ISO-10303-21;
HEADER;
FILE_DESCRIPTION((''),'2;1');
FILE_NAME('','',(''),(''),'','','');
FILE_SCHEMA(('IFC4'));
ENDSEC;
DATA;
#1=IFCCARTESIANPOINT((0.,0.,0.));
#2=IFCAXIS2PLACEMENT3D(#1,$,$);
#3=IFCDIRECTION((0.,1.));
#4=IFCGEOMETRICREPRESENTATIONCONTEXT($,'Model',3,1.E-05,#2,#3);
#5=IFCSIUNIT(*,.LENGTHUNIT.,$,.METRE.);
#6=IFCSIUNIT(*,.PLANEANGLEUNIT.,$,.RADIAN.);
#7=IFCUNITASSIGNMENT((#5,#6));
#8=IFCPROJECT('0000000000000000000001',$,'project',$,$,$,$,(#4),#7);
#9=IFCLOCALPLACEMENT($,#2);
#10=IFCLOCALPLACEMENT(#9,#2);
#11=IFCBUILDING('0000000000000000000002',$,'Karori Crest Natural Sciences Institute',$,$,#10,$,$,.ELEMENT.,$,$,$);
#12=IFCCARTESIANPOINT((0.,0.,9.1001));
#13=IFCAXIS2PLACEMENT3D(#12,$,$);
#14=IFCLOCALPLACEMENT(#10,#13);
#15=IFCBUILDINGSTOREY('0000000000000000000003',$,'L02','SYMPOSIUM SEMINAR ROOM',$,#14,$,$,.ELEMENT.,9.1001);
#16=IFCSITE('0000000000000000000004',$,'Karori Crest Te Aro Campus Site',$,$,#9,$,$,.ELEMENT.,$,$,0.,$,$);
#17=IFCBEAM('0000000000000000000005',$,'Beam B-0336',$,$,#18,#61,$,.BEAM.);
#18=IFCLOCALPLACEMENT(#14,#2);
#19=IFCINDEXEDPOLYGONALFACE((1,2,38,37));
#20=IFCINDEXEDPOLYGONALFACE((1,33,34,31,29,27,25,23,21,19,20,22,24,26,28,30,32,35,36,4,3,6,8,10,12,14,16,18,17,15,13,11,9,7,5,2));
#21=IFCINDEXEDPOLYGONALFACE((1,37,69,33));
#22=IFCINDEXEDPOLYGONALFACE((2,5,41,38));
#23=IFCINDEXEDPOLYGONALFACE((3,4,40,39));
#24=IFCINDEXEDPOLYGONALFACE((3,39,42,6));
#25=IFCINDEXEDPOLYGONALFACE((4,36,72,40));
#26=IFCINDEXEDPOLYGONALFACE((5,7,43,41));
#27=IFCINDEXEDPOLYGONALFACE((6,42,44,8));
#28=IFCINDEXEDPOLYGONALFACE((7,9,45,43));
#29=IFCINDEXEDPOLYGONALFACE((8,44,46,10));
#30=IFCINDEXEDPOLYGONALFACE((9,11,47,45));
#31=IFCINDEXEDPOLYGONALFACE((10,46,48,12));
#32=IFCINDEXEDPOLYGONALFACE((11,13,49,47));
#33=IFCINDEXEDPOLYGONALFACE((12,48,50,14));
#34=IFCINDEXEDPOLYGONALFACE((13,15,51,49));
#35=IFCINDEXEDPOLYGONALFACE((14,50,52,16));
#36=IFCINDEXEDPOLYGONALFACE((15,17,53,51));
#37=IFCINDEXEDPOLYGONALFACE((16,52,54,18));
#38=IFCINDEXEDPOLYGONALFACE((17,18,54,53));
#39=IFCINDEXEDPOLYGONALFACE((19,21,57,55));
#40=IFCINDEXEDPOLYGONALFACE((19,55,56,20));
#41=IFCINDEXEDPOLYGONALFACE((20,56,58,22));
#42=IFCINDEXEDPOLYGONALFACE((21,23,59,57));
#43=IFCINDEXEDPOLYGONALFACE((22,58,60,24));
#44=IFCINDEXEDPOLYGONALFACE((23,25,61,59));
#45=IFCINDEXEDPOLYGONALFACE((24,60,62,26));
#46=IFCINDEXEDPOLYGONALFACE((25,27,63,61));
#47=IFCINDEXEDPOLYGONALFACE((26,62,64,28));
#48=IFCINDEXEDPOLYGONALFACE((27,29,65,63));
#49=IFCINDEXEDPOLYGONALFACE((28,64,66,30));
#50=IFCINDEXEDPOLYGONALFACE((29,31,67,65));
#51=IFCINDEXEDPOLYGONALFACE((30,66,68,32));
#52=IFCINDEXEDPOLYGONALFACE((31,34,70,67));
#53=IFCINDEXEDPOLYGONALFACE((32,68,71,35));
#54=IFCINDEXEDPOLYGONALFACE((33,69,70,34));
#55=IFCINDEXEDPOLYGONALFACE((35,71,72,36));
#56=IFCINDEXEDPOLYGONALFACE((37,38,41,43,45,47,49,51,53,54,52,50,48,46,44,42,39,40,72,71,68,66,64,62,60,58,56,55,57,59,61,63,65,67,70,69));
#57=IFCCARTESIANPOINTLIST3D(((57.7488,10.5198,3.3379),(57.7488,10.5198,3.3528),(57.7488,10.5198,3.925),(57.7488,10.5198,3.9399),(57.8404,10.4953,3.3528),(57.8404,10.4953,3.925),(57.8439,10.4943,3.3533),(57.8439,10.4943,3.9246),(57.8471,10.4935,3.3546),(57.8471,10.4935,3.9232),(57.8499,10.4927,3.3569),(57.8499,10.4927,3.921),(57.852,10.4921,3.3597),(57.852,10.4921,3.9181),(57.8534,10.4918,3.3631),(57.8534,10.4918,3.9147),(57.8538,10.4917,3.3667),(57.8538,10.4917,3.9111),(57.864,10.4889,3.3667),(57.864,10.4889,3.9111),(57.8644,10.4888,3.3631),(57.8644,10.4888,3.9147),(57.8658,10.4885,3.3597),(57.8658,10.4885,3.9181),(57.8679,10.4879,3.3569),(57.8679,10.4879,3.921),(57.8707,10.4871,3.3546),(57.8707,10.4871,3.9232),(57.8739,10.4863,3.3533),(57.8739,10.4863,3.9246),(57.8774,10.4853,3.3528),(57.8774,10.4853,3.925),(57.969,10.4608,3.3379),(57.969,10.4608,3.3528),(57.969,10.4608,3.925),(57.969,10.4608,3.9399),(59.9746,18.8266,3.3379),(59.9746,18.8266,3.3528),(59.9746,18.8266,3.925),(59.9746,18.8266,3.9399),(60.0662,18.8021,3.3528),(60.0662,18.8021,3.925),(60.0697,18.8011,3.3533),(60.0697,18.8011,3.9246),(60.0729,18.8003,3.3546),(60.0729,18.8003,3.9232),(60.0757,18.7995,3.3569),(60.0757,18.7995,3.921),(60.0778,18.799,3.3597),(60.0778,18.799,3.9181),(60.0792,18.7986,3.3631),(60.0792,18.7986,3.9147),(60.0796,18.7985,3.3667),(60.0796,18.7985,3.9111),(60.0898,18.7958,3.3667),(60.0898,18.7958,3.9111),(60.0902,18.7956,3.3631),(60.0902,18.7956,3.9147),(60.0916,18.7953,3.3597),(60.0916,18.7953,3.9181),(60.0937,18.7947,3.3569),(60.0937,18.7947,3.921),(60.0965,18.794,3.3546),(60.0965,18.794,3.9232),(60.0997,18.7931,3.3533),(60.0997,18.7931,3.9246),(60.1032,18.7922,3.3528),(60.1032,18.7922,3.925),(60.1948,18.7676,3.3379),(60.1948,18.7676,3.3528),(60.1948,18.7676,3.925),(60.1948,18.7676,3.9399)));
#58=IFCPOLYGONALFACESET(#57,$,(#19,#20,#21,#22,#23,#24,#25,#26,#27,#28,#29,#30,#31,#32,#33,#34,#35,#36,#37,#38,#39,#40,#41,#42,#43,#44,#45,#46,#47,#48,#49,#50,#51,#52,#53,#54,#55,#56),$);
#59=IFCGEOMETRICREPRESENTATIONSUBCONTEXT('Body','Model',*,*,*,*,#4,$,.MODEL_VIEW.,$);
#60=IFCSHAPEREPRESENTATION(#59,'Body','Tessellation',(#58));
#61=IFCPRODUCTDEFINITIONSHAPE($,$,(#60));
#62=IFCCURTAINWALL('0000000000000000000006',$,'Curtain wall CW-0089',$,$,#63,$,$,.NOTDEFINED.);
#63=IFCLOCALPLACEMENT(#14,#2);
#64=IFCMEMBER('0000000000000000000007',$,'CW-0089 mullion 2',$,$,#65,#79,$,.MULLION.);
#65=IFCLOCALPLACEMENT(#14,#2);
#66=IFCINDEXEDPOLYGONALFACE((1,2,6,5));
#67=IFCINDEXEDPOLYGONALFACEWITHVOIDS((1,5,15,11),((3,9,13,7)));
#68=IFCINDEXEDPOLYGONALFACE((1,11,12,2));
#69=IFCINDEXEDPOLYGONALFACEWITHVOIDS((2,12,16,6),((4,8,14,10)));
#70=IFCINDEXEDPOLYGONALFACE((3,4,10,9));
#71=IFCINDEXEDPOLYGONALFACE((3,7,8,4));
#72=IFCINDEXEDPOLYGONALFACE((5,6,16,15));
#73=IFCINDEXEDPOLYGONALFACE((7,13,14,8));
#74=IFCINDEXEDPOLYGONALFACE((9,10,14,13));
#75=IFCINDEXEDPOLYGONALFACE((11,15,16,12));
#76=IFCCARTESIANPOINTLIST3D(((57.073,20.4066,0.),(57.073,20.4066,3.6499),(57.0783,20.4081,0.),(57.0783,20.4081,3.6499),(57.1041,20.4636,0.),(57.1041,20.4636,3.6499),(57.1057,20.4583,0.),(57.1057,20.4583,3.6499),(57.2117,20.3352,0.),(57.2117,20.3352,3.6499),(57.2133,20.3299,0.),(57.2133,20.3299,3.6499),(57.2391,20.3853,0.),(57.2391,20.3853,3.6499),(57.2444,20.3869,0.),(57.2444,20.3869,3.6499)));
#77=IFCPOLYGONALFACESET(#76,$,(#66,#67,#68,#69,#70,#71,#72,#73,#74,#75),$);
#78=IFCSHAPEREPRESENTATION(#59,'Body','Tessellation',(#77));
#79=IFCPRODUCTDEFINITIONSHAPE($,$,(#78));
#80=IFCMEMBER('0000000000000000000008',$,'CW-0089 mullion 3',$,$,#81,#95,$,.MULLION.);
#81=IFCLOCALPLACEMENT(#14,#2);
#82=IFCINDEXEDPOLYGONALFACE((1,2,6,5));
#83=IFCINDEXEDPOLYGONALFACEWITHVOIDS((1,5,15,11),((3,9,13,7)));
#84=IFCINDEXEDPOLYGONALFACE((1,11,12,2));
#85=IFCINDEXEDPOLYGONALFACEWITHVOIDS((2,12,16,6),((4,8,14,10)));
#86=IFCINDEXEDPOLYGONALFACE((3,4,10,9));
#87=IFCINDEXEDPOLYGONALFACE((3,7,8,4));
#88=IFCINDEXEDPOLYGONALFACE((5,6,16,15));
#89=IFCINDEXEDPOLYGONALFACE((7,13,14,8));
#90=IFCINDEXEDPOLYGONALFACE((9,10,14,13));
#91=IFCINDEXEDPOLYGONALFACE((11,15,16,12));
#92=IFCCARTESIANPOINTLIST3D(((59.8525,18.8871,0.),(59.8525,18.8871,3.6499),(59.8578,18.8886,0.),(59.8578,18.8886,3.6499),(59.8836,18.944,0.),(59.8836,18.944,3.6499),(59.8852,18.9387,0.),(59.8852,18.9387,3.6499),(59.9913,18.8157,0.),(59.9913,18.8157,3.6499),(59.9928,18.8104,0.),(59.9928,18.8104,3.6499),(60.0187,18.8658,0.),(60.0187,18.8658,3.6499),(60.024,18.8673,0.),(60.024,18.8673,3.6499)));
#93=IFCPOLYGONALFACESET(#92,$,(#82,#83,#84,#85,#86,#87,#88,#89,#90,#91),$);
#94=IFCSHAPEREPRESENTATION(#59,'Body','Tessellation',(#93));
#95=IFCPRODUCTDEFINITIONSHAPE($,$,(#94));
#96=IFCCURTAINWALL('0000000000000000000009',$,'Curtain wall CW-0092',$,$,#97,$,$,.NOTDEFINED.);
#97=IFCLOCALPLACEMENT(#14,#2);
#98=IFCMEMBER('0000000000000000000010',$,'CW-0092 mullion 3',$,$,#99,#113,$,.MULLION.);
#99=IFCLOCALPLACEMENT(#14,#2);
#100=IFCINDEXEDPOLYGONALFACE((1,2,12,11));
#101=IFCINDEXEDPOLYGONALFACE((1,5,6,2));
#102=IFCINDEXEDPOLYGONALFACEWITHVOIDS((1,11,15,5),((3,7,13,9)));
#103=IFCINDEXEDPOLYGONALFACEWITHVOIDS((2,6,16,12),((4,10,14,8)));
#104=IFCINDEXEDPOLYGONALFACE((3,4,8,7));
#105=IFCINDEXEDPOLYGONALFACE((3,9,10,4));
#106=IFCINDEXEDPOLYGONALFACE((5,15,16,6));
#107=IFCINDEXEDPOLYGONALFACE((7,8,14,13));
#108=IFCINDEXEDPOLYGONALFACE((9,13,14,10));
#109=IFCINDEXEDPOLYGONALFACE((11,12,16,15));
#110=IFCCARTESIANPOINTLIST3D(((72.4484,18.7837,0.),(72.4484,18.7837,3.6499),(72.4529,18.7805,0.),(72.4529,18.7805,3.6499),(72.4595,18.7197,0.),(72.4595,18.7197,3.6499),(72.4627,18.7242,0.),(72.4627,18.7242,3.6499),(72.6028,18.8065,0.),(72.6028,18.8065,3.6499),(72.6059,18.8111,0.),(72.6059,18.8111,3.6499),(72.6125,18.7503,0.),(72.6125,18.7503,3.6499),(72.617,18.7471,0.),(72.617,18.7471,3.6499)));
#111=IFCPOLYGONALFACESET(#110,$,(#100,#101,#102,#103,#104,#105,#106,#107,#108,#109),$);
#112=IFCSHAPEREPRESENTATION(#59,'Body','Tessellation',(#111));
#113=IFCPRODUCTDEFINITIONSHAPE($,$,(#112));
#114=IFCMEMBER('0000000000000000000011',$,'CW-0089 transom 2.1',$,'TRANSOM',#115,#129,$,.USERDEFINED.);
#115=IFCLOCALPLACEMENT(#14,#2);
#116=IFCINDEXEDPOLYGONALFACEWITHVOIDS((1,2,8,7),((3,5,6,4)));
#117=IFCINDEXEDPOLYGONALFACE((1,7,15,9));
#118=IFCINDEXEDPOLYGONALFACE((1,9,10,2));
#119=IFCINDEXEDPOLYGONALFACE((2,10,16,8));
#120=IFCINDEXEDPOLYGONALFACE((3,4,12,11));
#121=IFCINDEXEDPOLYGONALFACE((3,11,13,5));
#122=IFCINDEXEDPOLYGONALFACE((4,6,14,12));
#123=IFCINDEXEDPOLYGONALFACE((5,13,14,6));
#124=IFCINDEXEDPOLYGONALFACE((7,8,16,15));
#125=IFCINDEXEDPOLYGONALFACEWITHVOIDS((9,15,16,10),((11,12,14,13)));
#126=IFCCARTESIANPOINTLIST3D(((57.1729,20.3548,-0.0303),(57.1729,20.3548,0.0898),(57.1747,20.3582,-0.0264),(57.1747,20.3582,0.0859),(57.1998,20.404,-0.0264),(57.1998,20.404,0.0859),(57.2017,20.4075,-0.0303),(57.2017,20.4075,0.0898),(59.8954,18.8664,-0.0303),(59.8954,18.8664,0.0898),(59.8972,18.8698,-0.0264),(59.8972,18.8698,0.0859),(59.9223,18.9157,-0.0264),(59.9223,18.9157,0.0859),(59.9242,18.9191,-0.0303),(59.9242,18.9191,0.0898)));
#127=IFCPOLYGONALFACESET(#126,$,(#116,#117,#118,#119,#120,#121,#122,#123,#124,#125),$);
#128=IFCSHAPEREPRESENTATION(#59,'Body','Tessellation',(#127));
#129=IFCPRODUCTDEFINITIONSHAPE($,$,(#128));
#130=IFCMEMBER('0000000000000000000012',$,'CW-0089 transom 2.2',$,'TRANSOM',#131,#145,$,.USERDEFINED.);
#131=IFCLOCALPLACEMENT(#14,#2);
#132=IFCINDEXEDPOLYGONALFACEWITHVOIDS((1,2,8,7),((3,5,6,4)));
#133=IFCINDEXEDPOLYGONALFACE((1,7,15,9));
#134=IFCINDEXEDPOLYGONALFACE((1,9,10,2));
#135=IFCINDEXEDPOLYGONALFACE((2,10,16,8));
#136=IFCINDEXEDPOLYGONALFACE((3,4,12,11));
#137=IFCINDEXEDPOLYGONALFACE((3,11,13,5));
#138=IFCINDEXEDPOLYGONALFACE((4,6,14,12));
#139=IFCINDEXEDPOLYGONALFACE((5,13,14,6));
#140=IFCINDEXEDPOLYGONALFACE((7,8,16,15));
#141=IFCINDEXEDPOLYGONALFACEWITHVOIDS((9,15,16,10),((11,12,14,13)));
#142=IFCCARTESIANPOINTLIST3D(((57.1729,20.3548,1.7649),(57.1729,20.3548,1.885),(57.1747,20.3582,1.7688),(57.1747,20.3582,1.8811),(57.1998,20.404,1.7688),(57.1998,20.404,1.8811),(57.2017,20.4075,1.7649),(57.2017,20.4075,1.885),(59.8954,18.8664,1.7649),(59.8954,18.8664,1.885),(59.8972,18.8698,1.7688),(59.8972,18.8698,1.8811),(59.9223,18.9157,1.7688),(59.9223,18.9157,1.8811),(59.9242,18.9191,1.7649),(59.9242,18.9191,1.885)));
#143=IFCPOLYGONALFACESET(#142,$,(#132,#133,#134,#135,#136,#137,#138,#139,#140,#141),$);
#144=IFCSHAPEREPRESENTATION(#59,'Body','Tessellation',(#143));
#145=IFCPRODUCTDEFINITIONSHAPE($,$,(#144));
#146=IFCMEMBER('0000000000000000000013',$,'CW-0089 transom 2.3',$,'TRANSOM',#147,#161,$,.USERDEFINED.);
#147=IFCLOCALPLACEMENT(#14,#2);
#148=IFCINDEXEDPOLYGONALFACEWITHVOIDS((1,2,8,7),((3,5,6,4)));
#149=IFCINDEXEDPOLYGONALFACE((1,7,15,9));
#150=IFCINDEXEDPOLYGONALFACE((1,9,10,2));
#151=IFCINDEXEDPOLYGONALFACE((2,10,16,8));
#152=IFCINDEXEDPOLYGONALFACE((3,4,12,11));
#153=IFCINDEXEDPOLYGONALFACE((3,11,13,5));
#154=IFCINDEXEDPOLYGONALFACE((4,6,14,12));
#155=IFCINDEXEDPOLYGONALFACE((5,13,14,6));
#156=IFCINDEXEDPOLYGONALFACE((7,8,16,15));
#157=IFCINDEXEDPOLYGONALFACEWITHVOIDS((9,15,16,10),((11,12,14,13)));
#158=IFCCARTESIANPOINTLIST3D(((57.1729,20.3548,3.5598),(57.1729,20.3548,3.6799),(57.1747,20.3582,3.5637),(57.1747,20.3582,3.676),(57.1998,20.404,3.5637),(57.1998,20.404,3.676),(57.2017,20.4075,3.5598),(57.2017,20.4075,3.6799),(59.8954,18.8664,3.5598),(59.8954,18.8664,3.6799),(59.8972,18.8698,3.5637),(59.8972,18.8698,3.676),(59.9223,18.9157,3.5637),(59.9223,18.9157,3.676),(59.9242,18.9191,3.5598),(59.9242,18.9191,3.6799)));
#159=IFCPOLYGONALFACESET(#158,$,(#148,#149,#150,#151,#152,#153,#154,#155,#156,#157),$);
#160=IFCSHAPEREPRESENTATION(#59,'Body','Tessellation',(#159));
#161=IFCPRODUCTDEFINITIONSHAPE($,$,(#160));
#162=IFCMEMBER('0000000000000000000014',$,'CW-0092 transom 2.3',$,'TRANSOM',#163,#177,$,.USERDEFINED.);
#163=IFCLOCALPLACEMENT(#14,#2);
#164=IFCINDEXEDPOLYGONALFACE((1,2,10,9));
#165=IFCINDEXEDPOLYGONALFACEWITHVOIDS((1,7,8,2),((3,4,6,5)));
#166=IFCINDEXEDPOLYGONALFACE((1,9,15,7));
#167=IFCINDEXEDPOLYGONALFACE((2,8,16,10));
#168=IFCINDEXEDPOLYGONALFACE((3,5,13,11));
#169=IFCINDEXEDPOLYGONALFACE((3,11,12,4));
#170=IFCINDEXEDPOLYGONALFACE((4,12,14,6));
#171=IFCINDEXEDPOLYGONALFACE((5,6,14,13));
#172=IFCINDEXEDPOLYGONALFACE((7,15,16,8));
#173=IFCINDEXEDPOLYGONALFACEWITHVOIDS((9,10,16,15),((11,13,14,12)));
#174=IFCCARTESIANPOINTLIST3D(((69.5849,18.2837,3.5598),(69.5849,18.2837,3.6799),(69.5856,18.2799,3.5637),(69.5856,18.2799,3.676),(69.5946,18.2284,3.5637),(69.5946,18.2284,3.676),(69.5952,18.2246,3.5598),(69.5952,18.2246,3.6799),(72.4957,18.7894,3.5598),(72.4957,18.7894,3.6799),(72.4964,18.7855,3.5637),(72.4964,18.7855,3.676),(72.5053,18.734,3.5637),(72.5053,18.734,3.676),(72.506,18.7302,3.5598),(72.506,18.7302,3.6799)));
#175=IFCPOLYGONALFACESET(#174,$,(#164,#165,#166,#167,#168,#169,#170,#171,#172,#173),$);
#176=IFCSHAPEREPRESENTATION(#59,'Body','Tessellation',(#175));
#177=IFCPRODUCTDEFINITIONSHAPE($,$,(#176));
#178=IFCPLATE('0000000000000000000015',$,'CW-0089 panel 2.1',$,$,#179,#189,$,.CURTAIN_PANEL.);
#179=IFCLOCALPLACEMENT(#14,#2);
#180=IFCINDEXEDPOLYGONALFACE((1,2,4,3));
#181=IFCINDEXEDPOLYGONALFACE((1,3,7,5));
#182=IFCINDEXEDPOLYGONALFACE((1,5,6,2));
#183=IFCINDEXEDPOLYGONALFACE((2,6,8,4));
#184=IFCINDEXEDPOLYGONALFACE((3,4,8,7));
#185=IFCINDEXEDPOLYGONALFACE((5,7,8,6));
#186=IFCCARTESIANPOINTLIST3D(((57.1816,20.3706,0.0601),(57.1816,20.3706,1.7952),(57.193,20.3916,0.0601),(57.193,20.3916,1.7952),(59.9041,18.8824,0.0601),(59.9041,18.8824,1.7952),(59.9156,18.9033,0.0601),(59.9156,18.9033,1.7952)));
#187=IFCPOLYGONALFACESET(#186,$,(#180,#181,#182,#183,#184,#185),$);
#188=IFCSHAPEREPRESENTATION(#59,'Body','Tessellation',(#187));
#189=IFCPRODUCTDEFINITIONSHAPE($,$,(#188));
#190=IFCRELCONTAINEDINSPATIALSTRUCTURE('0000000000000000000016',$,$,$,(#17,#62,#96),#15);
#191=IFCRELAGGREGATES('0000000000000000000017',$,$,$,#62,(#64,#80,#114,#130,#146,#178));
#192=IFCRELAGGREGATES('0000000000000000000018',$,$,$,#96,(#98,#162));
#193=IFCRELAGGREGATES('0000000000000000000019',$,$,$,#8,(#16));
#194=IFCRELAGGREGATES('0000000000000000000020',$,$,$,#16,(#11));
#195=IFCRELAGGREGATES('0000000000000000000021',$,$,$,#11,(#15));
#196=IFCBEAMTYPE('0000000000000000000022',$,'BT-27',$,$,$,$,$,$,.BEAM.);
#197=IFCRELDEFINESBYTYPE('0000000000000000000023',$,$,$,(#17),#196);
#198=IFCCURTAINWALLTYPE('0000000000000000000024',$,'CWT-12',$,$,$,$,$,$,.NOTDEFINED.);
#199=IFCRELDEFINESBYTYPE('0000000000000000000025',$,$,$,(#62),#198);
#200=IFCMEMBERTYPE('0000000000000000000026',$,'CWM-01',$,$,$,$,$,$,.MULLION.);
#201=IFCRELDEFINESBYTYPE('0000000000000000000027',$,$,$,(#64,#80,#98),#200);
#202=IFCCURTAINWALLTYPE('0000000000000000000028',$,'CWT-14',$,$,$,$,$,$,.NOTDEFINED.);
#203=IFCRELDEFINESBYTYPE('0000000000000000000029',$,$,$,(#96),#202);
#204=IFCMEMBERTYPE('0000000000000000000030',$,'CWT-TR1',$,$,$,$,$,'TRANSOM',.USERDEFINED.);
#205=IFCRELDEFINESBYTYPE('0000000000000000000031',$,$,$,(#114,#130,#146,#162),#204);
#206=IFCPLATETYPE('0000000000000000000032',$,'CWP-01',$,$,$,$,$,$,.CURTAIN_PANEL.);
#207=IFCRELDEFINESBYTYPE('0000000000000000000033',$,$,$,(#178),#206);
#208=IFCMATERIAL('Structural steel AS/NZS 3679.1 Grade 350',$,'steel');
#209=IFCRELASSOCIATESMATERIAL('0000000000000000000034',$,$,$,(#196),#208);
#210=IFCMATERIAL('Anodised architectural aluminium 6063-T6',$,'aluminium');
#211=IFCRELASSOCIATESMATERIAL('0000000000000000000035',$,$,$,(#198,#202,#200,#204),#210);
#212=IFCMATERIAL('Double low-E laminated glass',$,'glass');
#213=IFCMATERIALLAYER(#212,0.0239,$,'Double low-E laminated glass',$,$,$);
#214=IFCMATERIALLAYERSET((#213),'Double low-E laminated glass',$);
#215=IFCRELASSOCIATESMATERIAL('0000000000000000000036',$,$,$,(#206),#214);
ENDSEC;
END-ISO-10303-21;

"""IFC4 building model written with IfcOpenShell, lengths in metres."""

from ifc_helpers import new_model, si_unit, direction, frame, origin, origin_2d, place, context, subcontext, project, spatial, rectangle, hollow_rectangle, i_section, extrude, material, layer, layer_set, material_profile, profile_set, type_object, element, aggregate, save


model = new_model("IFC4")

# Units and contexts
model_context = context("Model", 3, precision=1e-05, world=origin(), true_north=direction((0.0, 1.0)))
body_context = subcontext(model_context, "Body", "Model", "MODEL_VIEW")
ifc_project = project(units=[si_unit("LENGTHUNIT", "METRE"), si_unit("PLANEANGLEUNIT", "RADIAN")], contexts=[model_context])

# Site, building, storey
site_placement = place(None, origin())
site = spatial("IfcSite", under=ifc_project, at=site_placement, Name="Karori Crest Te Aro Campus Site", CompositionType="ELEMENT", RefElevation=0.0)
building_placement = place(site_placement, origin())
building = spatial("IfcBuilding", under=site, at=building_placement, Name="Karori Crest Natural Sciences Institute", CompositionType="ELEMENT")
storey_placement = place(building_placement, frame((0.0, 0.0, 9.1001)))
storey = spatial("IfcBuildingStorey", under=building, at=storey_placement, Name="L02", Description="SYMPOSIUM SEMINAR ROOM", CompositionType="ELEMENT", Elevation=9.1001)

# Shared definitions
ifc_material_1 = material(Name="Structural steel AS/NZS 3679.1 Grade 350", Category="steel")

# Beam
ifc_material_profile_1 = material_profile(ifc_material_1, i_section(OverallWidth=0.228, OverallDepth=0.6021, WebThickness=0.0105, FlangeThickness=0.0149, FilletRadius=0.0139, at=origin_2d()), Name="610UB101")
ifc_profile_set_1 = profile_set([ifc_material_profile_1], Name="Structural steel AS/NZS 3679.1 Grade 350")
beam_type_1 = type_object("IfcBeamType", Name="BT-27", PredefinedType="BEAM", material=ifc_profile_set_1)
beam_1_placement = place(storey_placement, frame((60.0847, 18.7971, 3.6389), z_axis=(-0.25882, -0.965926, 0.0), x_axis=(0.965926, -0.25882, 0.0)))
element("IfcBeam", 1, at=beam_1_placement, inside=storey, type_object=beam_type_1, Name="Beam B-0336", PredefinedType="BEAM", context=body_context, shape_type="SweptSolid", body=[
    extrude(i_section(OverallWidth=0.228, OverallDepth=0.6021, WebThickness=0.0105, FlangeThickness=0.0149, FilletRadius=0.0139, at=origin_2d()), origin(), (0.0, 0.0, 1.0), 8.5999),
])

# Curtain wall, members
ifc_material_2 = material(Name="Anodised architectural aluminium 6063-T6", Category="aluminium")
curtain_wall_type_1 = type_object("IfcCurtainWallType", Name="CWT-12", PredefinedType="NOTDEFINED", material=ifc_material_2)
curtain_wall_1_placement = place(storey_placement, origin())
curtain_wall_1 = element("IfcCurtainWall", 2, at=curtain_wall_1_placement, inside=storey, type_object=curtain_wall_type_1, Name="Curtain wall CW-0089", PredefinedType="NOTDEFINED")
ifc_material_profile_2 = material_profile(ifc_material_2, hollow_rectangle(XDim=0.0649, YDim=0.1599, WallThickness=0.0039, at=origin_2d()), Name="CWM160x65x4")
ifc_profile_set_2 = profile_set([ifc_material_profile_2], Name="Anodised architectural aluminium 6063-T6")
member_type_1 = type_object("IfcMemberType", Name="CWM-01", PredefinedType="MULLION", material=ifc_profile_set_2)
member_1_placement = place(storey_placement, frame((57.1587, 20.3967, 0.0), z_axis=(0.0, 0.0, 1.0), x_axis=(0.479643, 0.877464, 0.0)))
member_1 = element("IfcMember", 3, at=member_1_placement, type_object=member_type_1, Name="CW-0089 mullion 2", PredefinedType="MULLION", context=body_context, shape_type="SweptSolid", body=[
    extrude(hollow_rectangle(XDim=0.0649, YDim=0.1599, WallThickness=0.0039, at=origin_2d()), origin(), (0.0, 0.0, 1.0), 3.6499),
])
member_2_placement = place(storey_placement, frame((59.9382, 18.8772, 0.0), z_axis=(0.0, 0.0, 1.0), x_axis=(0.479643, 0.877464, 0.0)))
member_2 = element("IfcMember", 4, at=member_2_placement, type_object=member_type_1, Name="CW-0089 mullion 3", PredefinedType="MULLION", context=body_context, shape_type="SweptSolid", body=[
    extrude(hollow_rectangle(XDim=0.0649, YDim=0.1599, WallThickness=0.0039, at=origin_2d()), origin(), (0.0, 0.0, 1.0), 3.6499),
])

# Curtain wall, member
curtain_wall_type_2 = type_object("IfcCurtainWallType", Name="CWT-14", PredefinedType="NOTDEFINED", material=ifc_material_2)
curtain_wall_2_placement = place(storey_placement, origin())
curtain_wall_2 = element("IfcCurtainWall", 5, at=curtain_wall_2_placement, inside=storey, type_object=curtain_wall_type_2, Name="Curtain wall CW-0092", PredefinedType="NOTDEFINED")
member_3_placement = place(storey_placement, frame((72.5327, 18.7654, 0.0), z_axis=(0.0, 0.0, 1.0), x_axis=(-0.17117, 0.985241, 0.0)))
member_3 = element("IfcMember", 6, at=member_3_placement, type_object=member_type_1, Name="CW-0092 mullion 3", PredefinedType="MULLION", context=body_context, shape_type="SweptSolid", body=[
    extrude(hollow_rectangle(XDim=0.0649, YDim=0.1599, WallThickness=0.0039, at=origin_2d()), origin(), (0.0, 0.0, 1.0), 3.6499),
])

# Members
ifc_material_profile_3 = material_profile(ifc_material_2, hollow_rectangle(XDim=0.0601, YDim=0.1201, WallThickness=0.0039, at=origin_2d()), Name="CWT120x60x4")
ifc_profile_set_3 = profile_set([ifc_material_profile_3], Name="Anodised architectural aluminium 6063-T6")
member_type_2 = type_object("IfcMemberType", Name="CWT-TR1", ElementType="TRANSOM", PredefinedType="USERDEFINED", material=ifc_profile_set_3)
member_4_placement = place(storey_placement, frame((57.1873, 20.3811, 0.0298), z_axis=(0.877444, -0.479679, 0.0), x_axis=(0.479679, 0.877444, 0.0)))
member_4 = element("IfcMember", 7, at=member_4_placement, type_object=member_type_2, Name="CW-0089 transom 2.1", ObjectType="TRANSOM", PredefinedType="USERDEFINED", context=body_context, shape_type="SweptSolid", body=[
    extrude(hollow_rectangle(XDim=0.0601, YDim=0.1201, WallThickness=0.0039, at=origin_2d()), origin(), (0.0, 0.0, 1.0), 3.1028),
])
member_5_placement = place(storey_placement, frame((57.1873, 20.3811, 1.825), z_axis=(0.877444, -0.479679, 0.0), x_axis=(0.479679, 0.877444, 0.0)))
member_5 = element("IfcMember", 8, at=member_5_placement, type_object=member_type_2, Name="CW-0089 transom 2.2", ObjectType="TRANSOM", PredefinedType="USERDEFINED", context=body_context, shape_type="SweptSolid", body=[
    extrude(hollow_rectangle(XDim=0.0601, YDim=0.1201, WallThickness=0.0039, at=origin_2d()), origin(), (0.0, 0.0, 1.0), 3.1028),
])
member_6_placement = place(storey_placement, frame((57.1873, 20.3811, 3.6199), z_axis=(0.877444, -0.479679, 0.0), x_axis=(0.479679, 0.877444, 0.0)))
member_6 = element("IfcMember", 9, at=member_6_placement, type_object=member_type_2, Name="CW-0089 transom 2.3", ObjectType="TRANSOM", PredefinedType="USERDEFINED", context=body_context, shape_type="SweptSolid", body=[
    extrude(hollow_rectangle(XDim=0.0601, YDim=0.1201, WallThickness=0.0039, at=origin_2d()), origin(), (0.0, 0.0, 1.0), 3.1028),
])
member_7_placement = place(storey_placement, frame((69.5901, 18.2542, 3.6199), z_axis=(0.985245, 0.171149, 0.0), x_axis=(-0.171149, 0.985245, 0.0)))
member_7 = element("IfcMember", 10, at=member_7_placement, type_object=member_type_2, Name="CW-0092 transom 2.3", ObjectType="TRANSOM", PredefinedType="USERDEFINED", context=body_context, shape_type="SweptSolid", body=[
    extrude(hollow_rectangle(XDim=0.0601, YDim=0.1201, WallThickness=0.0039, at=origin_2d()), origin(), (0.0, 0.0, 1.0), 2.9543),
])

# Plate
ifc_material_3 = material(Name="Double low-E laminated glass", Category="glass")
ifc_layer_1 = layer(ifc_material_3, 0.0239, Name="Double low-E laminated glass")
ifc_layer_set_1 = layer_set([ifc_layer_1], Name="Double low-E laminated glass")
plate_type = type_object("IfcPlateType", Name="CWP-01", PredefinedType="CURTAIN_PANEL", material=ifc_layer_set_1)
plate_1_placement = place(storey_placement, frame((58.5486, 19.637, 0.0601), z_axis=(0.0, 0.0, 1.0), x_axis=(0.877464, -0.479643, 0.0)))
plate_1 = element("IfcPlate", 11, at=plate_1_placement, type_object=plate_type, Name="CW-0089 panel 2.1", PredefinedType="CURTAIN_PANEL", context=body_context, shape_type="SweptSolid", body=[
    extrude(rectangle(XDim=3.1028, YDim=0.0239, at=origin_2d()), origin(), (0.0, 0.0, 1.0), 1.7351),
])
aggregate(curtain_wall_1, [member_1, member_2, member_4, member_5, member_6, plate_1])
aggregate(curtain_wall_2, [member_3, member_7])

save(model, "model.ifc")
